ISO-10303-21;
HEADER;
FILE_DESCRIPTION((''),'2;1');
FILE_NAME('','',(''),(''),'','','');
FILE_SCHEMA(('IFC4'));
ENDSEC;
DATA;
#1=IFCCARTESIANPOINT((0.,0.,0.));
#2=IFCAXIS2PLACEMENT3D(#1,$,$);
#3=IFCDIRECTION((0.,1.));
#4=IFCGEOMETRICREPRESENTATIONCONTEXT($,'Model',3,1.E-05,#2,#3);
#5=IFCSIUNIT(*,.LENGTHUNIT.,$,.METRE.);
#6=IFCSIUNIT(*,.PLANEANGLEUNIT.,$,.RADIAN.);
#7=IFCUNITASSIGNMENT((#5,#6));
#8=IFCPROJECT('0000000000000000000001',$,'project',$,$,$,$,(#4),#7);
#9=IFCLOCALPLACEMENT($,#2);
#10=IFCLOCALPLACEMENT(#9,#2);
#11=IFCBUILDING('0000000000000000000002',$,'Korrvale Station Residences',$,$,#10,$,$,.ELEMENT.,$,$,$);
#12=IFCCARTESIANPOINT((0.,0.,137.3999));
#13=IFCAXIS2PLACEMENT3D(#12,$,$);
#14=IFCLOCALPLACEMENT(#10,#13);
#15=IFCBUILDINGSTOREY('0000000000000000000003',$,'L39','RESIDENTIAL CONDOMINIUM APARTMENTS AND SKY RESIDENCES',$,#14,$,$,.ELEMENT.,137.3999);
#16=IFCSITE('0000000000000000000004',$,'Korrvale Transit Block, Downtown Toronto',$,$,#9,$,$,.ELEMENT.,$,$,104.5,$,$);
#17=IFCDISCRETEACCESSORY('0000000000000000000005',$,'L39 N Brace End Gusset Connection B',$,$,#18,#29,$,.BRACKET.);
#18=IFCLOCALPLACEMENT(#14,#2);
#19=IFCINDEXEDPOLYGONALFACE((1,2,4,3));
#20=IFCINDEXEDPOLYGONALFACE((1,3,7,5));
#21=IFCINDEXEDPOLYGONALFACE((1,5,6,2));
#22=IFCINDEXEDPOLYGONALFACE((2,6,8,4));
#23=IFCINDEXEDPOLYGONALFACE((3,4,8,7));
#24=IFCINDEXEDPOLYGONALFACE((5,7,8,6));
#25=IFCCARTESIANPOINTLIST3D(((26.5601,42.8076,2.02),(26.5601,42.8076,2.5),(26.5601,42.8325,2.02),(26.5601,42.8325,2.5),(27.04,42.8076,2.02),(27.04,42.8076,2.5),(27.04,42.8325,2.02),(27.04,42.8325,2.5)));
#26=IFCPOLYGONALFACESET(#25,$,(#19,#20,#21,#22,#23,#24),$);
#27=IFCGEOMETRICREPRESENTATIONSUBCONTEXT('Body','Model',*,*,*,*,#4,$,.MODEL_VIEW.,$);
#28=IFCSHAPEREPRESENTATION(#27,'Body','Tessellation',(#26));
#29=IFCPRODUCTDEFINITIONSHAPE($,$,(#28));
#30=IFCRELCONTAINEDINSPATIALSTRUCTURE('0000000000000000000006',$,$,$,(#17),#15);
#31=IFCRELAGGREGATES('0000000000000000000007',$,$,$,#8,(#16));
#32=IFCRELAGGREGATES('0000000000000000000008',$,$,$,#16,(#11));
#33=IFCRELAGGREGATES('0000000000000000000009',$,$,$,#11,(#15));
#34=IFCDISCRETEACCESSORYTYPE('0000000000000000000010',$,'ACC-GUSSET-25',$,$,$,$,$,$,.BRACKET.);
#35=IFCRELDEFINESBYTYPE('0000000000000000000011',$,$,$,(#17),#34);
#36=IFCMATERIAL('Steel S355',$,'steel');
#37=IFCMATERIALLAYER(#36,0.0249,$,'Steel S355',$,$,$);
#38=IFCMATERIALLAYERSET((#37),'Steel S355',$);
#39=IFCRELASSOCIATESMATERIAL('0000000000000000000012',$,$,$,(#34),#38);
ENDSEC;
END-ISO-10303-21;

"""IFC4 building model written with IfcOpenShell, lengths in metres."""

from ifc_helpers import new_model, si_unit, direction, frame, origin, origin_2d, place, context, subcontext, project, spatial, rectangle, extrude, material, layer, layer_set, type_object, element, save


model = new_model("IFC4")

# Units and contexts
model_context = context("Model", 3, precision=1e-05, world=origin(), true_north=direction((0.0, 1.0)))
body_context = subcontext(model_context, "Body", "Model", "MODEL_VIEW")
ifc_project = project(units=[si_unit("LENGTHUNIT", "METRE"), si_unit("PLANEANGLEUNIT", "RADIAN")], contexts=[model_context])

# Site, building, storey
site_placement = place(None, origin())
site = spatial("IfcSite", under=ifc_project, at=site_placement, Name="Korrvale Transit Block, Downtown Toronto", CompositionType="ELEMENT", RefElevation=104.5)
building_placement = place(site_placement, origin())
building = spatial("IfcBuilding", under=site, at=building_placement, Name="Korrvale Station Residences", CompositionType="ELEMENT")
storey_placement = place(building_placement, frame((0.0, 0.0, 137.3999)))
storey = spatial("IfcBuildingStorey", under=building, at=storey_placement, Name="L39", Description="RESIDENTIAL CONDOMINIUM APARTMENTS AND SKY RESIDENCES", CompositionType="ELEMENT", Elevation=137.3999)

# Shared definitions
ifc_material_1 = material(Name="Steel S355", Category="steel")

# Discrete accessory
ifc_layer_1 = layer(ifc_material_1, 0.0249, Name="Steel S355")
ifc_layer_set_1 = layer_set([ifc_layer_1], Name="Steel S355")
discrete_accessory_type = type_object("IfcDiscreteAccessoryType", Name="ACC-GUSSET-25", PredefinedType="BRACKET", material=ifc_layer_set_1)
for number, where, z_axis, x_axis, name in (
    (1, (26.8, 42.8201, 2.02), (0.0, 0.0, 1.0), (1.0, 0.0, 0.0), "L39 N Brace End Gusset Connection B"),
):
    element("IfcDiscreteAccessory", number, at=place(storey_placement, frame(where, z_axis=z_axis, x_axis=x_axis)), inside=storey, type_object=discrete_accessory_type, Name=name, PredefinedType="BRACKET", context=body_context, shape_type="SweptSolid", body=[
        extrude(rectangle(XDim=0.48, YDim=0.0249, at=origin_2d()), origin(), (0.0, 0.0, 1.0), 0.48),
    ])

save(model, "model.ifc")
